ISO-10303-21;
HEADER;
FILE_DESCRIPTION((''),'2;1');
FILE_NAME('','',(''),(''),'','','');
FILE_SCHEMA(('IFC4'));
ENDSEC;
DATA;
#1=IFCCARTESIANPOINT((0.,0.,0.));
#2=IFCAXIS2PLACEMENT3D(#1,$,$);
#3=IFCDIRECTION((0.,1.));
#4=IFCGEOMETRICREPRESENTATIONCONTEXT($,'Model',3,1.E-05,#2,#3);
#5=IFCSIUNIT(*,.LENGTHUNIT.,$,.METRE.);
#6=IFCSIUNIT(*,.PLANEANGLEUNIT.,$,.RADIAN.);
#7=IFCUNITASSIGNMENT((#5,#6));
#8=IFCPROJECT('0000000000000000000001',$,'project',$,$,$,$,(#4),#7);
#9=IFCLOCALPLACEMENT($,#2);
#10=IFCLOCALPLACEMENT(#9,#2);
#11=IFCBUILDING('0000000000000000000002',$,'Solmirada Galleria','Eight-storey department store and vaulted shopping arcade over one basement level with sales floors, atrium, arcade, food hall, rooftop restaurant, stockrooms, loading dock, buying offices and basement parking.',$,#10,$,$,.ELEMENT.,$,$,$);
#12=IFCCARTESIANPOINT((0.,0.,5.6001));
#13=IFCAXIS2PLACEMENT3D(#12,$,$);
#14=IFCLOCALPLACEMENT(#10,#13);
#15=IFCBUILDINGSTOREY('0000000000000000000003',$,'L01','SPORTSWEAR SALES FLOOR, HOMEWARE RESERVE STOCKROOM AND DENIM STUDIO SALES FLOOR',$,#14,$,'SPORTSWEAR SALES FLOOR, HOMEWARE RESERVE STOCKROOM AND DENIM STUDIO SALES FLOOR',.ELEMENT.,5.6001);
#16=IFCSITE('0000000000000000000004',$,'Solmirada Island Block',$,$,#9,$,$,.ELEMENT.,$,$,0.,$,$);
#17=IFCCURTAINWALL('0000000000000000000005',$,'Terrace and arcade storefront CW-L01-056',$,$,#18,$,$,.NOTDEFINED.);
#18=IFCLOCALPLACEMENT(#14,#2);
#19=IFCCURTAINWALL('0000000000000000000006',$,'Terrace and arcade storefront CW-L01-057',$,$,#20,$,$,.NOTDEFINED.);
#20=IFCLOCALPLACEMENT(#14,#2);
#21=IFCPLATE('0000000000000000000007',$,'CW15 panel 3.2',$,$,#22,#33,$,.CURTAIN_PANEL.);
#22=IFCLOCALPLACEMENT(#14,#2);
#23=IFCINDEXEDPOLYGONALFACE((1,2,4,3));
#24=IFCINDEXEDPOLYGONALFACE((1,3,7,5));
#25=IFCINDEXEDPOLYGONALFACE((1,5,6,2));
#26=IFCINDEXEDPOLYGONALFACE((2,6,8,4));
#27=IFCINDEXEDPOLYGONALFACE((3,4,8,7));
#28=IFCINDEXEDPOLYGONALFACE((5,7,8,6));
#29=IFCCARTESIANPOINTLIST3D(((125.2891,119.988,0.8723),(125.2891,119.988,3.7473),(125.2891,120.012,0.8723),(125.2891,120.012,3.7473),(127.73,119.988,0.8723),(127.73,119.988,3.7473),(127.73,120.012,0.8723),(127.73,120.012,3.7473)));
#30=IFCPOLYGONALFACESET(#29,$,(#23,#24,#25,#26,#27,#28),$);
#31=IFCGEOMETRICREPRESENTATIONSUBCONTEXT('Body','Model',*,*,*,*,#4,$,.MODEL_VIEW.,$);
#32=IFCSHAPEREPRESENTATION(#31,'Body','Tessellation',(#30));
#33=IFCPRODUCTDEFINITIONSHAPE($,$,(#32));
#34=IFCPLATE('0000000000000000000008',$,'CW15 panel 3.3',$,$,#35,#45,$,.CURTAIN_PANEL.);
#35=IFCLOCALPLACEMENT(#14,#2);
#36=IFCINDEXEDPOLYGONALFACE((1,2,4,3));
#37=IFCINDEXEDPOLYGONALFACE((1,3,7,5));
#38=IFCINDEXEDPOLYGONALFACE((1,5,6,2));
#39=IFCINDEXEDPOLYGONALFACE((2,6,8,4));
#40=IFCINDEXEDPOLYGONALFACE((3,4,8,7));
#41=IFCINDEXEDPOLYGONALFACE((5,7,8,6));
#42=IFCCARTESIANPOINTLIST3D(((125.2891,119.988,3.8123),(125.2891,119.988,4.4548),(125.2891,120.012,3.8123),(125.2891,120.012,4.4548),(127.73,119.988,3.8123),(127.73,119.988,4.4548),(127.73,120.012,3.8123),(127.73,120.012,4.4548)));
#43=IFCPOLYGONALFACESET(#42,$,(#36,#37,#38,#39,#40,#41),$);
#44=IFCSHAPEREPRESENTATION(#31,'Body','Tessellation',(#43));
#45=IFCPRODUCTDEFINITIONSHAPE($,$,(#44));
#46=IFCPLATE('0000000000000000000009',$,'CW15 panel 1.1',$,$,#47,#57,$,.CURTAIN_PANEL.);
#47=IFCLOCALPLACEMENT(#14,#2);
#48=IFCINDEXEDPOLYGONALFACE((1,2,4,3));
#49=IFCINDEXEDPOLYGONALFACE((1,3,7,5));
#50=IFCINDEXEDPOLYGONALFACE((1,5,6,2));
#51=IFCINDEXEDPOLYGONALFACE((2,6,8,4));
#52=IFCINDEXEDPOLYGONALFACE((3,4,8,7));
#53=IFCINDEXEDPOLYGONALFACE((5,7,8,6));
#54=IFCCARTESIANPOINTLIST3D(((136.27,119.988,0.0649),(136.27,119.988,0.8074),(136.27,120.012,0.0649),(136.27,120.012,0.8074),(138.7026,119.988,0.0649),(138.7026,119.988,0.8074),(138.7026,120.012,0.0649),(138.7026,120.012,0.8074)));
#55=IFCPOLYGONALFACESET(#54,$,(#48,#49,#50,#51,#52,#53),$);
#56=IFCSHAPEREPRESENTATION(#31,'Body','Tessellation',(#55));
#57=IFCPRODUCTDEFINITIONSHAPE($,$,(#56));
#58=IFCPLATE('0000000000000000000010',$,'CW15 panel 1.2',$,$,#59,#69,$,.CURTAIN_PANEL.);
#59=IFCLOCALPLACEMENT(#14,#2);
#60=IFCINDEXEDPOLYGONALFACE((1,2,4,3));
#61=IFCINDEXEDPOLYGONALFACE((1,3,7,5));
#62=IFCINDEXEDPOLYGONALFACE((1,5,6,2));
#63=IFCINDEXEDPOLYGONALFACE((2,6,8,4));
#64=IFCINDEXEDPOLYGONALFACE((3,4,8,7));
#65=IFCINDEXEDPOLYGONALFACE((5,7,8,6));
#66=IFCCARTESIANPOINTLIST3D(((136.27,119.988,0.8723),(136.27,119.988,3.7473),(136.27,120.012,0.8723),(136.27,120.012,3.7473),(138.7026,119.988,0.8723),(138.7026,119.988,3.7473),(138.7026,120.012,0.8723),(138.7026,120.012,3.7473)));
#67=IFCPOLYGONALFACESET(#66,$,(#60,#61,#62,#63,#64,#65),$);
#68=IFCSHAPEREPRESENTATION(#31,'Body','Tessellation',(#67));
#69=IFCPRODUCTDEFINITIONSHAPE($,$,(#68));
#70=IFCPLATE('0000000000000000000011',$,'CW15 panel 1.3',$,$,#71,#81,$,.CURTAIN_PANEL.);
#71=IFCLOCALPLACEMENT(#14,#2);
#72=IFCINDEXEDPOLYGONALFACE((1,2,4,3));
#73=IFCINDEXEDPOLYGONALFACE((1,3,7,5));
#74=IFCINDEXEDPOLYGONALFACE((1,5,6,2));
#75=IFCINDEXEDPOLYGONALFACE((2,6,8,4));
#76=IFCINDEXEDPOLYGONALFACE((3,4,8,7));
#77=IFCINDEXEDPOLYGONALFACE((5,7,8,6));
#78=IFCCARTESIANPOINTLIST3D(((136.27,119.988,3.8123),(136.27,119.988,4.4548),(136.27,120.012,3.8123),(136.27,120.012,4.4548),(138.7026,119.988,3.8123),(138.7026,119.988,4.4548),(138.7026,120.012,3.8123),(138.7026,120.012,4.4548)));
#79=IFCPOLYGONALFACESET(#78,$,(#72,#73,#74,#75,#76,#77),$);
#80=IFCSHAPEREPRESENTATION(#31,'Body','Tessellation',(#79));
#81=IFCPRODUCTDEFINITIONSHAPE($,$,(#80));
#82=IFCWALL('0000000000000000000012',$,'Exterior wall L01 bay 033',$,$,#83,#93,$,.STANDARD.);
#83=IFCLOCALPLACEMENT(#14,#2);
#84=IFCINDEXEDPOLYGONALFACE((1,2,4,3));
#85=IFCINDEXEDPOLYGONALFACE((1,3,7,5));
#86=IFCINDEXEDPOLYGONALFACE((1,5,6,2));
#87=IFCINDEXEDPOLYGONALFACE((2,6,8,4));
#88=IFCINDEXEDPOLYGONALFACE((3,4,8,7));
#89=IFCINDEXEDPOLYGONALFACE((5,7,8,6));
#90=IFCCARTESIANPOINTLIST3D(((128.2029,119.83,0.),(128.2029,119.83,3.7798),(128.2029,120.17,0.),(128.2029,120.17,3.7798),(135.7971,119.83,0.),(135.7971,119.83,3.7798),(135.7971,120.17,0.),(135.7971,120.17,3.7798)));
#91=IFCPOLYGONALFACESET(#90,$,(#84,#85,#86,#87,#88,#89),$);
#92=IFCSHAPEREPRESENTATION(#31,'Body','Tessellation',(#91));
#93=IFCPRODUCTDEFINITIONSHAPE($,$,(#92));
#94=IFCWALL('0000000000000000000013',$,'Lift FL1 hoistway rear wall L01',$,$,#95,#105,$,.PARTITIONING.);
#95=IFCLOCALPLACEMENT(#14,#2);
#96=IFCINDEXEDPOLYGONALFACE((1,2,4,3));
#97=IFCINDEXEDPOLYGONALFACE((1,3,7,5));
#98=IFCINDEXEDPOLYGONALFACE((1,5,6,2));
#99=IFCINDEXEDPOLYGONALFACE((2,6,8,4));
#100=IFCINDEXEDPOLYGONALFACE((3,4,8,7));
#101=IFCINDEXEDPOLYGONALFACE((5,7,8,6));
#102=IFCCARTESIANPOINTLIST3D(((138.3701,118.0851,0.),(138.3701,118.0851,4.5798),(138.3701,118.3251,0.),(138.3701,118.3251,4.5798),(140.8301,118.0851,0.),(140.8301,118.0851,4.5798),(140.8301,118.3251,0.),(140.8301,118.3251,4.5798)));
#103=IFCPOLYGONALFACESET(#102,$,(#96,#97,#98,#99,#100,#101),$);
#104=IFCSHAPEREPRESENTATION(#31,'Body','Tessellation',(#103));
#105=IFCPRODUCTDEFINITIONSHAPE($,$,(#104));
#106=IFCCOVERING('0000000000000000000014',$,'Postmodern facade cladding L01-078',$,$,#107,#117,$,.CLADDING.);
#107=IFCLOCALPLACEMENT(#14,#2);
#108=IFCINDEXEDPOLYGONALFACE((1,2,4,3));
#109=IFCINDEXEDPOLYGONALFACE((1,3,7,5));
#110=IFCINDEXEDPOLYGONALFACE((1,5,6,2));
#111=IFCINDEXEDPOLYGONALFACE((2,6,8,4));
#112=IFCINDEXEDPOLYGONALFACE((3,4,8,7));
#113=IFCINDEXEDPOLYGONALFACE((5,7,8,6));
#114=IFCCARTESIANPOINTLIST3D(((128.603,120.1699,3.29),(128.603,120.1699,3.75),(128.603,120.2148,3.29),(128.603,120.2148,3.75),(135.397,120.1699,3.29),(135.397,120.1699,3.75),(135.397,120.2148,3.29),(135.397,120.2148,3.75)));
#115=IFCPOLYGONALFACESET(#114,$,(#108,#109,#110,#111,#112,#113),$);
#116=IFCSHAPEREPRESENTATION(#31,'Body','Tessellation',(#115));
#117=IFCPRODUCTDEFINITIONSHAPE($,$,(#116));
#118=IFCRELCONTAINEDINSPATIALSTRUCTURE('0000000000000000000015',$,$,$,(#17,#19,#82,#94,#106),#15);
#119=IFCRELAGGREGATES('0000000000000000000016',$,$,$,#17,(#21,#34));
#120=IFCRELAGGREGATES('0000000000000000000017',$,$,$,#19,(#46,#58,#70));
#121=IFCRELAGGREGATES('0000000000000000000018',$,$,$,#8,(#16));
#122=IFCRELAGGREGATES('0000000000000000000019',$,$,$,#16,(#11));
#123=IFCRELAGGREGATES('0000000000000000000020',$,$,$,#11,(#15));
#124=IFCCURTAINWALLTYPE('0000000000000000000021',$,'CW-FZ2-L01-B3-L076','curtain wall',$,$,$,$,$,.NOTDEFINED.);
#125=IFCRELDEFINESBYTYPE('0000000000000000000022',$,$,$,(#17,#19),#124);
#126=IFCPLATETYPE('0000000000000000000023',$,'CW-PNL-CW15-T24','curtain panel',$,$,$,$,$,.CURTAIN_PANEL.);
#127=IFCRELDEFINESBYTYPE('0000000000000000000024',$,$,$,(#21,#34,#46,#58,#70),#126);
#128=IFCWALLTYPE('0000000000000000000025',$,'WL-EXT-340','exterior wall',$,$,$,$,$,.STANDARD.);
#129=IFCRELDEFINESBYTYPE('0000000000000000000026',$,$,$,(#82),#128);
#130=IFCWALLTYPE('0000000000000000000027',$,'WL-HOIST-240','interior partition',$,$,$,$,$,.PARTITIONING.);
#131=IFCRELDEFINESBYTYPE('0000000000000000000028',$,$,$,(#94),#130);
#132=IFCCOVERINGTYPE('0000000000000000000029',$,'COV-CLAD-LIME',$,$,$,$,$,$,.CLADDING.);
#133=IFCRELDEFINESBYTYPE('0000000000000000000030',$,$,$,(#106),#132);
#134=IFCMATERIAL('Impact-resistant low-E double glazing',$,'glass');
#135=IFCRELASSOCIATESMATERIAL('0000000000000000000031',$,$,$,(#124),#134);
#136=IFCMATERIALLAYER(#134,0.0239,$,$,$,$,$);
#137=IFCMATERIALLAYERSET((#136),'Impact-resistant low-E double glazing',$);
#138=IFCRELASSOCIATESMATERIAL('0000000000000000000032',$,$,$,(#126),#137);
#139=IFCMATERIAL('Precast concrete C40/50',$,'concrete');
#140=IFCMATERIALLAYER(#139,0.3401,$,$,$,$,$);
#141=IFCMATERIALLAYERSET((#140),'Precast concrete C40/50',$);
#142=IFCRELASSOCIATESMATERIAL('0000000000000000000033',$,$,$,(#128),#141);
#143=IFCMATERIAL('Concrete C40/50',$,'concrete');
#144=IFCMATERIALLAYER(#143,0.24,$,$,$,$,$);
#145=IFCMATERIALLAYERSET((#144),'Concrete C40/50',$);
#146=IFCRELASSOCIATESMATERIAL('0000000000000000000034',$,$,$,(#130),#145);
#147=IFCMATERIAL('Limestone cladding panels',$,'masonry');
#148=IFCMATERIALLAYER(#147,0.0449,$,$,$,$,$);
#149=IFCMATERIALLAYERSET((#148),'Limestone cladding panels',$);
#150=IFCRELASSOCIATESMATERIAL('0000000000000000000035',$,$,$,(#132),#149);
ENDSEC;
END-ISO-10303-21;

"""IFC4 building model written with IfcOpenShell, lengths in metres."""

from ifc_helpers import new_model, si_unit, direction, frame, frame_2d, origin, origin_2d, place, context, subcontext, project, spatial, rectangle, extrude, material, layer, layer_set, type_object, element, aggregate, save


model = new_model("IFC4")

# Units and contexts
model_context = context("Model", 3, precision=1e-05, world=origin(), true_north=direction((0.0, 1.0)))
body_context = subcontext(model_context, "Body", "Model", "MODEL_VIEW")
ifc_project = project(units=[si_unit("LENGTHUNIT", "METRE"), si_unit("PLANEANGLEUNIT", "RADIAN")], contexts=[model_context])

# Site, building, storey
site_placement = place(None, origin())
site = spatial("IfcSite", under=ifc_project, at=site_placement, Name="Solmirada Island Block", CompositionType="ELEMENT", RefElevation=0.0)
building_placement = place(site_placement, origin())
building = spatial("IfcBuilding", under=site, at=building_placement, Name="Solmirada Galleria", Description="Eight-storey department store and vaulted shopping arcade over one basement level with sales floors, atrium, arcade, food hall, rooftop restaurant, stockrooms, loading dock, buying offices and basement parking.", CompositionType="ELEMENT")
storey_placement = place(building_placement, frame((0.0, 0.0, 5.6001)))
storey = spatial("IfcBuildingStorey", under=building, at=storey_placement, Name="L01", Description="SPORTSWEAR SALES FLOOR, HOMEWARE RESERVE STOCKROOM AND DENIM STUDIO SALES FLOOR", LongName="SPORTSWEAR SALES FLOOR, HOMEWARE RESERVE STOCKROOM AND DENIM STUDIO SALES FLOOR", CompositionType="ELEMENT", Elevation=5.6001)

# Curtain walls
ifc_material_1 = material(Name="Impact-resistant low-E double glazing", Category="glass")
curtain_wall_type = type_object("IfcCurtainWallType", Name="CW-FZ2-L01-B3-L076", Description="curtain wall", PredefinedType="NOTDEFINED", material=ifc_material_1)
curtain_wall_1_placement = place(storey_placement, origin())
curtain_wall_1 = element("IfcCurtainWall", 1, at=curtain_wall_1_placement, inside=storey, type_object=curtain_wall_type, Name="Terrace and arcade storefront CW-L01-056", PredefinedType="NOTDEFINED")
curtain_wall_2_placement = place(storey_placement, origin())
curtain_wall_2 = element("IfcCurtainWall", 2, at=curtain_wall_2_placement, inside=storey, type_object=curtain_wall_type, Name="Terrace and arcade storefront CW-L01-057", PredefinedType="NOTDEFINED")

# Plates
ifc_layer_1 = layer(ifc_material_1, 0.0239)
ifc_layer_set_1 = layer_set([ifc_layer_1], Name="Impact-resistant low-E double glazing")
plate_type = type_object("IfcPlateType", Name="CW-PNL-CW15-T24", Description="curtain panel", PredefinedType="CURTAIN_PANEL", material=ifc_layer_set_1)
plate_1_placement = place(storey_placement, frame((126.5095, 120.0, 0.8723), z_axis=(0.0, 0.0, 1.0), x_axis=(1.0, 0.0, 0.0)))
plate_1 = element("IfcPlate", 3, at=plate_1_placement, type_object=plate_type, Name="CW15 panel 3.2", PredefinedType="CURTAIN_PANEL", context=body_context, shape_type="SweptSolid", body=[
    extrude(rectangle(XDim=2.4409, YDim=0.0239, at=origin_2d()), origin(), (0.0, 0.0, 1.0), 2.875),
])
plate_2_placement = place(storey_placement, frame((126.5095, 120.0, 3.8123), z_axis=(0.0, 0.0, 1.0), x_axis=(1.0, 0.0, 0.0)))
plate_2 = element("IfcPlate", 4, at=plate_2_placement, type_object=plate_type, Name="CW15 panel 3.3", PredefinedType="CURTAIN_PANEL", context=body_context, shape_type="SweptSolid", body=[
    extrude(rectangle(XDim=2.4409, YDim=0.0239, at=origin_2d()), origin(), (0.0, 0.0, 1.0), 0.6426),
])
aggregate(curtain_wall_1, [plate_1, plate_2])
plate_3_placement = place(storey_placement, frame((137.4863, 120.0, 0.0649), z_axis=(0.0, 0.0, 1.0), x_axis=(1.0, 0.0, 0.0)))
plate_3 = element("IfcPlate", 5, at=plate_3_placement, type_object=plate_type, Name="CW15 panel 1.1", PredefinedType="CURTAIN_PANEL", context=body_context, shape_type="SweptSolid", body=[
    extrude(rectangle(XDim=2.4326, YDim=0.0239, at=origin_2d()), origin(), (0.0, 0.0, 1.0), 0.7424),
])
plate_4_placement = place(storey_placement, frame((137.4863, 120.0, 0.8723), z_axis=(0.0, 0.0, 1.0), x_axis=(1.0, 0.0, 0.0)))
plate_4 = element("IfcPlate", 6, at=plate_4_placement, type_object=plate_type, Name="CW15 panel 1.2", PredefinedType="CURTAIN_PANEL", context=body_context, shape_type="SweptSolid", body=[
    extrude(rectangle(XDim=2.4326, YDim=0.0239, at=origin_2d()), origin(), (0.0, 0.0, 1.0), 2.875),
])
plate_5_placement = place(storey_placement, frame((137.4863, 120.0, 3.8123), z_axis=(0.0, 0.0, 1.0), x_axis=(1.0, 0.0, 0.0)))
plate_5 = element("IfcPlate", 7, at=plate_5_placement, type_object=plate_type, Name="CW15 panel 1.3", PredefinedType="CURTAIN_PANEL", context=body_context, shape_type="SweptSolid", body=[
    extrude(rectangle(XDim=2.4326, YDim=0.0239, at=origin_2d()), origin(), (0.0, 0.0, 1.0), 0.6426),
])
aggregate(curtain_wall_2, [plate_3, plate_4, plate_5])

# Walls
ifc_material_2 = material(Name="Precast concrete C40/50", Category="concrete")
ifc_layer_2 = layer(ifc_material_2, 0.3401)
ifc_layer_set_2 = layer_set([ifc_layer_2], Name="Precast concrete C40/50")
wall_type_1 = type_object("IfcWallType", Name="WL-EXT-340", Description="exterior wall", PredefinedType="STANDARD", material=ifc_layer_set_2)
wall_1_placement = place(storey_placement, frame((128.2029, 120.0, 0.0), z_axis=(0.0, 0.0, 1.0), x_axis=(1.0, 0.0, 0.0)))
element("IfcWall", 8, at=wall_1_placement, inside=storey, type_object=wall_type_1, Name="Exterior wall L01 bay 033", PredefinedType="STANDARD", context=body_context, shape_type="SweptSolid", body=[
    extrude(rectangle(XDim=7.5942, YDim=0.3401, at=frame_2d((3.7971, 0.0))), origin(), (0.0, 0.0, 1.0), 3.7798),
])
ifc_material_3 = material(Name="Concrete C40/50", Category="concrete")
ifc_layer_3 = layer(ifc_material_3, 0.24)
ifc_layer_set_3 = layer_set([ifc_layer_3], Name="Concrete C40/50")
wall_type_2 = type_object("IfcWallType", Name="WL-HOIST-240", Description="interior partition", PredefinedType="PARTITIONING", material=ifc_layer_set_3)
wall_2_placement = place(storey_placement, frame((138.3701, 118.2051, 0.0), z_axis=(0.0, 0.0, 1.0), x_axis=(1.0, 0.0, 0.0)))
element("IfcWall", 9, at=wall_2_placement, inside=storey, type_object=wall_type_2, Name="Lift FL1 hoistway rear wall L01", PredefinedType="PARTITIONING", context=body_context, shape_type="SweptSolid", body=[
    extrude(rectangle(XDim=2.46, YDim=0.24, at=frame_2d((1.23, 0.0))), origin(), (0.0, 0.0, 1.0), 4.5798),
])

# Covering
ifc_material_4 = material(Name="Limestone cladding panels", Category="masonry")
ifc_layer_4 = layer(ifc_material_4, 0.0449)
ifc_layer_set_4 = layer_set([ifc_layer_4], Name="Limestone cladding panels")
covering_type = type_object("IfcCoveringType", Name="COV-CLAD-LIME", PredefinedType="CLADDING", material=ifc_layer_set_4)
covering_placement = place(storey_placement, frame((132.0, 120.1924, 3.29), z_axis=(0.0, 0.0, 1.0), x_axis=(1.0, 0.0, 0.0)))
element("IfcCovering", 10, at=covering_placement, inside=storey, type_object=covering_type, Name="Postmodern facade cladding L01-078", PredefinedType="CLADDING", context=body_context, shape_type="SweptSolid", body=[
    extrude(rectangle(XDim=6.7939, YDim=0.0449, at=origin_2d()), origin(), (0.0, 0.0, 1.0), 0.46),
])

save(model, "model.ifc")
